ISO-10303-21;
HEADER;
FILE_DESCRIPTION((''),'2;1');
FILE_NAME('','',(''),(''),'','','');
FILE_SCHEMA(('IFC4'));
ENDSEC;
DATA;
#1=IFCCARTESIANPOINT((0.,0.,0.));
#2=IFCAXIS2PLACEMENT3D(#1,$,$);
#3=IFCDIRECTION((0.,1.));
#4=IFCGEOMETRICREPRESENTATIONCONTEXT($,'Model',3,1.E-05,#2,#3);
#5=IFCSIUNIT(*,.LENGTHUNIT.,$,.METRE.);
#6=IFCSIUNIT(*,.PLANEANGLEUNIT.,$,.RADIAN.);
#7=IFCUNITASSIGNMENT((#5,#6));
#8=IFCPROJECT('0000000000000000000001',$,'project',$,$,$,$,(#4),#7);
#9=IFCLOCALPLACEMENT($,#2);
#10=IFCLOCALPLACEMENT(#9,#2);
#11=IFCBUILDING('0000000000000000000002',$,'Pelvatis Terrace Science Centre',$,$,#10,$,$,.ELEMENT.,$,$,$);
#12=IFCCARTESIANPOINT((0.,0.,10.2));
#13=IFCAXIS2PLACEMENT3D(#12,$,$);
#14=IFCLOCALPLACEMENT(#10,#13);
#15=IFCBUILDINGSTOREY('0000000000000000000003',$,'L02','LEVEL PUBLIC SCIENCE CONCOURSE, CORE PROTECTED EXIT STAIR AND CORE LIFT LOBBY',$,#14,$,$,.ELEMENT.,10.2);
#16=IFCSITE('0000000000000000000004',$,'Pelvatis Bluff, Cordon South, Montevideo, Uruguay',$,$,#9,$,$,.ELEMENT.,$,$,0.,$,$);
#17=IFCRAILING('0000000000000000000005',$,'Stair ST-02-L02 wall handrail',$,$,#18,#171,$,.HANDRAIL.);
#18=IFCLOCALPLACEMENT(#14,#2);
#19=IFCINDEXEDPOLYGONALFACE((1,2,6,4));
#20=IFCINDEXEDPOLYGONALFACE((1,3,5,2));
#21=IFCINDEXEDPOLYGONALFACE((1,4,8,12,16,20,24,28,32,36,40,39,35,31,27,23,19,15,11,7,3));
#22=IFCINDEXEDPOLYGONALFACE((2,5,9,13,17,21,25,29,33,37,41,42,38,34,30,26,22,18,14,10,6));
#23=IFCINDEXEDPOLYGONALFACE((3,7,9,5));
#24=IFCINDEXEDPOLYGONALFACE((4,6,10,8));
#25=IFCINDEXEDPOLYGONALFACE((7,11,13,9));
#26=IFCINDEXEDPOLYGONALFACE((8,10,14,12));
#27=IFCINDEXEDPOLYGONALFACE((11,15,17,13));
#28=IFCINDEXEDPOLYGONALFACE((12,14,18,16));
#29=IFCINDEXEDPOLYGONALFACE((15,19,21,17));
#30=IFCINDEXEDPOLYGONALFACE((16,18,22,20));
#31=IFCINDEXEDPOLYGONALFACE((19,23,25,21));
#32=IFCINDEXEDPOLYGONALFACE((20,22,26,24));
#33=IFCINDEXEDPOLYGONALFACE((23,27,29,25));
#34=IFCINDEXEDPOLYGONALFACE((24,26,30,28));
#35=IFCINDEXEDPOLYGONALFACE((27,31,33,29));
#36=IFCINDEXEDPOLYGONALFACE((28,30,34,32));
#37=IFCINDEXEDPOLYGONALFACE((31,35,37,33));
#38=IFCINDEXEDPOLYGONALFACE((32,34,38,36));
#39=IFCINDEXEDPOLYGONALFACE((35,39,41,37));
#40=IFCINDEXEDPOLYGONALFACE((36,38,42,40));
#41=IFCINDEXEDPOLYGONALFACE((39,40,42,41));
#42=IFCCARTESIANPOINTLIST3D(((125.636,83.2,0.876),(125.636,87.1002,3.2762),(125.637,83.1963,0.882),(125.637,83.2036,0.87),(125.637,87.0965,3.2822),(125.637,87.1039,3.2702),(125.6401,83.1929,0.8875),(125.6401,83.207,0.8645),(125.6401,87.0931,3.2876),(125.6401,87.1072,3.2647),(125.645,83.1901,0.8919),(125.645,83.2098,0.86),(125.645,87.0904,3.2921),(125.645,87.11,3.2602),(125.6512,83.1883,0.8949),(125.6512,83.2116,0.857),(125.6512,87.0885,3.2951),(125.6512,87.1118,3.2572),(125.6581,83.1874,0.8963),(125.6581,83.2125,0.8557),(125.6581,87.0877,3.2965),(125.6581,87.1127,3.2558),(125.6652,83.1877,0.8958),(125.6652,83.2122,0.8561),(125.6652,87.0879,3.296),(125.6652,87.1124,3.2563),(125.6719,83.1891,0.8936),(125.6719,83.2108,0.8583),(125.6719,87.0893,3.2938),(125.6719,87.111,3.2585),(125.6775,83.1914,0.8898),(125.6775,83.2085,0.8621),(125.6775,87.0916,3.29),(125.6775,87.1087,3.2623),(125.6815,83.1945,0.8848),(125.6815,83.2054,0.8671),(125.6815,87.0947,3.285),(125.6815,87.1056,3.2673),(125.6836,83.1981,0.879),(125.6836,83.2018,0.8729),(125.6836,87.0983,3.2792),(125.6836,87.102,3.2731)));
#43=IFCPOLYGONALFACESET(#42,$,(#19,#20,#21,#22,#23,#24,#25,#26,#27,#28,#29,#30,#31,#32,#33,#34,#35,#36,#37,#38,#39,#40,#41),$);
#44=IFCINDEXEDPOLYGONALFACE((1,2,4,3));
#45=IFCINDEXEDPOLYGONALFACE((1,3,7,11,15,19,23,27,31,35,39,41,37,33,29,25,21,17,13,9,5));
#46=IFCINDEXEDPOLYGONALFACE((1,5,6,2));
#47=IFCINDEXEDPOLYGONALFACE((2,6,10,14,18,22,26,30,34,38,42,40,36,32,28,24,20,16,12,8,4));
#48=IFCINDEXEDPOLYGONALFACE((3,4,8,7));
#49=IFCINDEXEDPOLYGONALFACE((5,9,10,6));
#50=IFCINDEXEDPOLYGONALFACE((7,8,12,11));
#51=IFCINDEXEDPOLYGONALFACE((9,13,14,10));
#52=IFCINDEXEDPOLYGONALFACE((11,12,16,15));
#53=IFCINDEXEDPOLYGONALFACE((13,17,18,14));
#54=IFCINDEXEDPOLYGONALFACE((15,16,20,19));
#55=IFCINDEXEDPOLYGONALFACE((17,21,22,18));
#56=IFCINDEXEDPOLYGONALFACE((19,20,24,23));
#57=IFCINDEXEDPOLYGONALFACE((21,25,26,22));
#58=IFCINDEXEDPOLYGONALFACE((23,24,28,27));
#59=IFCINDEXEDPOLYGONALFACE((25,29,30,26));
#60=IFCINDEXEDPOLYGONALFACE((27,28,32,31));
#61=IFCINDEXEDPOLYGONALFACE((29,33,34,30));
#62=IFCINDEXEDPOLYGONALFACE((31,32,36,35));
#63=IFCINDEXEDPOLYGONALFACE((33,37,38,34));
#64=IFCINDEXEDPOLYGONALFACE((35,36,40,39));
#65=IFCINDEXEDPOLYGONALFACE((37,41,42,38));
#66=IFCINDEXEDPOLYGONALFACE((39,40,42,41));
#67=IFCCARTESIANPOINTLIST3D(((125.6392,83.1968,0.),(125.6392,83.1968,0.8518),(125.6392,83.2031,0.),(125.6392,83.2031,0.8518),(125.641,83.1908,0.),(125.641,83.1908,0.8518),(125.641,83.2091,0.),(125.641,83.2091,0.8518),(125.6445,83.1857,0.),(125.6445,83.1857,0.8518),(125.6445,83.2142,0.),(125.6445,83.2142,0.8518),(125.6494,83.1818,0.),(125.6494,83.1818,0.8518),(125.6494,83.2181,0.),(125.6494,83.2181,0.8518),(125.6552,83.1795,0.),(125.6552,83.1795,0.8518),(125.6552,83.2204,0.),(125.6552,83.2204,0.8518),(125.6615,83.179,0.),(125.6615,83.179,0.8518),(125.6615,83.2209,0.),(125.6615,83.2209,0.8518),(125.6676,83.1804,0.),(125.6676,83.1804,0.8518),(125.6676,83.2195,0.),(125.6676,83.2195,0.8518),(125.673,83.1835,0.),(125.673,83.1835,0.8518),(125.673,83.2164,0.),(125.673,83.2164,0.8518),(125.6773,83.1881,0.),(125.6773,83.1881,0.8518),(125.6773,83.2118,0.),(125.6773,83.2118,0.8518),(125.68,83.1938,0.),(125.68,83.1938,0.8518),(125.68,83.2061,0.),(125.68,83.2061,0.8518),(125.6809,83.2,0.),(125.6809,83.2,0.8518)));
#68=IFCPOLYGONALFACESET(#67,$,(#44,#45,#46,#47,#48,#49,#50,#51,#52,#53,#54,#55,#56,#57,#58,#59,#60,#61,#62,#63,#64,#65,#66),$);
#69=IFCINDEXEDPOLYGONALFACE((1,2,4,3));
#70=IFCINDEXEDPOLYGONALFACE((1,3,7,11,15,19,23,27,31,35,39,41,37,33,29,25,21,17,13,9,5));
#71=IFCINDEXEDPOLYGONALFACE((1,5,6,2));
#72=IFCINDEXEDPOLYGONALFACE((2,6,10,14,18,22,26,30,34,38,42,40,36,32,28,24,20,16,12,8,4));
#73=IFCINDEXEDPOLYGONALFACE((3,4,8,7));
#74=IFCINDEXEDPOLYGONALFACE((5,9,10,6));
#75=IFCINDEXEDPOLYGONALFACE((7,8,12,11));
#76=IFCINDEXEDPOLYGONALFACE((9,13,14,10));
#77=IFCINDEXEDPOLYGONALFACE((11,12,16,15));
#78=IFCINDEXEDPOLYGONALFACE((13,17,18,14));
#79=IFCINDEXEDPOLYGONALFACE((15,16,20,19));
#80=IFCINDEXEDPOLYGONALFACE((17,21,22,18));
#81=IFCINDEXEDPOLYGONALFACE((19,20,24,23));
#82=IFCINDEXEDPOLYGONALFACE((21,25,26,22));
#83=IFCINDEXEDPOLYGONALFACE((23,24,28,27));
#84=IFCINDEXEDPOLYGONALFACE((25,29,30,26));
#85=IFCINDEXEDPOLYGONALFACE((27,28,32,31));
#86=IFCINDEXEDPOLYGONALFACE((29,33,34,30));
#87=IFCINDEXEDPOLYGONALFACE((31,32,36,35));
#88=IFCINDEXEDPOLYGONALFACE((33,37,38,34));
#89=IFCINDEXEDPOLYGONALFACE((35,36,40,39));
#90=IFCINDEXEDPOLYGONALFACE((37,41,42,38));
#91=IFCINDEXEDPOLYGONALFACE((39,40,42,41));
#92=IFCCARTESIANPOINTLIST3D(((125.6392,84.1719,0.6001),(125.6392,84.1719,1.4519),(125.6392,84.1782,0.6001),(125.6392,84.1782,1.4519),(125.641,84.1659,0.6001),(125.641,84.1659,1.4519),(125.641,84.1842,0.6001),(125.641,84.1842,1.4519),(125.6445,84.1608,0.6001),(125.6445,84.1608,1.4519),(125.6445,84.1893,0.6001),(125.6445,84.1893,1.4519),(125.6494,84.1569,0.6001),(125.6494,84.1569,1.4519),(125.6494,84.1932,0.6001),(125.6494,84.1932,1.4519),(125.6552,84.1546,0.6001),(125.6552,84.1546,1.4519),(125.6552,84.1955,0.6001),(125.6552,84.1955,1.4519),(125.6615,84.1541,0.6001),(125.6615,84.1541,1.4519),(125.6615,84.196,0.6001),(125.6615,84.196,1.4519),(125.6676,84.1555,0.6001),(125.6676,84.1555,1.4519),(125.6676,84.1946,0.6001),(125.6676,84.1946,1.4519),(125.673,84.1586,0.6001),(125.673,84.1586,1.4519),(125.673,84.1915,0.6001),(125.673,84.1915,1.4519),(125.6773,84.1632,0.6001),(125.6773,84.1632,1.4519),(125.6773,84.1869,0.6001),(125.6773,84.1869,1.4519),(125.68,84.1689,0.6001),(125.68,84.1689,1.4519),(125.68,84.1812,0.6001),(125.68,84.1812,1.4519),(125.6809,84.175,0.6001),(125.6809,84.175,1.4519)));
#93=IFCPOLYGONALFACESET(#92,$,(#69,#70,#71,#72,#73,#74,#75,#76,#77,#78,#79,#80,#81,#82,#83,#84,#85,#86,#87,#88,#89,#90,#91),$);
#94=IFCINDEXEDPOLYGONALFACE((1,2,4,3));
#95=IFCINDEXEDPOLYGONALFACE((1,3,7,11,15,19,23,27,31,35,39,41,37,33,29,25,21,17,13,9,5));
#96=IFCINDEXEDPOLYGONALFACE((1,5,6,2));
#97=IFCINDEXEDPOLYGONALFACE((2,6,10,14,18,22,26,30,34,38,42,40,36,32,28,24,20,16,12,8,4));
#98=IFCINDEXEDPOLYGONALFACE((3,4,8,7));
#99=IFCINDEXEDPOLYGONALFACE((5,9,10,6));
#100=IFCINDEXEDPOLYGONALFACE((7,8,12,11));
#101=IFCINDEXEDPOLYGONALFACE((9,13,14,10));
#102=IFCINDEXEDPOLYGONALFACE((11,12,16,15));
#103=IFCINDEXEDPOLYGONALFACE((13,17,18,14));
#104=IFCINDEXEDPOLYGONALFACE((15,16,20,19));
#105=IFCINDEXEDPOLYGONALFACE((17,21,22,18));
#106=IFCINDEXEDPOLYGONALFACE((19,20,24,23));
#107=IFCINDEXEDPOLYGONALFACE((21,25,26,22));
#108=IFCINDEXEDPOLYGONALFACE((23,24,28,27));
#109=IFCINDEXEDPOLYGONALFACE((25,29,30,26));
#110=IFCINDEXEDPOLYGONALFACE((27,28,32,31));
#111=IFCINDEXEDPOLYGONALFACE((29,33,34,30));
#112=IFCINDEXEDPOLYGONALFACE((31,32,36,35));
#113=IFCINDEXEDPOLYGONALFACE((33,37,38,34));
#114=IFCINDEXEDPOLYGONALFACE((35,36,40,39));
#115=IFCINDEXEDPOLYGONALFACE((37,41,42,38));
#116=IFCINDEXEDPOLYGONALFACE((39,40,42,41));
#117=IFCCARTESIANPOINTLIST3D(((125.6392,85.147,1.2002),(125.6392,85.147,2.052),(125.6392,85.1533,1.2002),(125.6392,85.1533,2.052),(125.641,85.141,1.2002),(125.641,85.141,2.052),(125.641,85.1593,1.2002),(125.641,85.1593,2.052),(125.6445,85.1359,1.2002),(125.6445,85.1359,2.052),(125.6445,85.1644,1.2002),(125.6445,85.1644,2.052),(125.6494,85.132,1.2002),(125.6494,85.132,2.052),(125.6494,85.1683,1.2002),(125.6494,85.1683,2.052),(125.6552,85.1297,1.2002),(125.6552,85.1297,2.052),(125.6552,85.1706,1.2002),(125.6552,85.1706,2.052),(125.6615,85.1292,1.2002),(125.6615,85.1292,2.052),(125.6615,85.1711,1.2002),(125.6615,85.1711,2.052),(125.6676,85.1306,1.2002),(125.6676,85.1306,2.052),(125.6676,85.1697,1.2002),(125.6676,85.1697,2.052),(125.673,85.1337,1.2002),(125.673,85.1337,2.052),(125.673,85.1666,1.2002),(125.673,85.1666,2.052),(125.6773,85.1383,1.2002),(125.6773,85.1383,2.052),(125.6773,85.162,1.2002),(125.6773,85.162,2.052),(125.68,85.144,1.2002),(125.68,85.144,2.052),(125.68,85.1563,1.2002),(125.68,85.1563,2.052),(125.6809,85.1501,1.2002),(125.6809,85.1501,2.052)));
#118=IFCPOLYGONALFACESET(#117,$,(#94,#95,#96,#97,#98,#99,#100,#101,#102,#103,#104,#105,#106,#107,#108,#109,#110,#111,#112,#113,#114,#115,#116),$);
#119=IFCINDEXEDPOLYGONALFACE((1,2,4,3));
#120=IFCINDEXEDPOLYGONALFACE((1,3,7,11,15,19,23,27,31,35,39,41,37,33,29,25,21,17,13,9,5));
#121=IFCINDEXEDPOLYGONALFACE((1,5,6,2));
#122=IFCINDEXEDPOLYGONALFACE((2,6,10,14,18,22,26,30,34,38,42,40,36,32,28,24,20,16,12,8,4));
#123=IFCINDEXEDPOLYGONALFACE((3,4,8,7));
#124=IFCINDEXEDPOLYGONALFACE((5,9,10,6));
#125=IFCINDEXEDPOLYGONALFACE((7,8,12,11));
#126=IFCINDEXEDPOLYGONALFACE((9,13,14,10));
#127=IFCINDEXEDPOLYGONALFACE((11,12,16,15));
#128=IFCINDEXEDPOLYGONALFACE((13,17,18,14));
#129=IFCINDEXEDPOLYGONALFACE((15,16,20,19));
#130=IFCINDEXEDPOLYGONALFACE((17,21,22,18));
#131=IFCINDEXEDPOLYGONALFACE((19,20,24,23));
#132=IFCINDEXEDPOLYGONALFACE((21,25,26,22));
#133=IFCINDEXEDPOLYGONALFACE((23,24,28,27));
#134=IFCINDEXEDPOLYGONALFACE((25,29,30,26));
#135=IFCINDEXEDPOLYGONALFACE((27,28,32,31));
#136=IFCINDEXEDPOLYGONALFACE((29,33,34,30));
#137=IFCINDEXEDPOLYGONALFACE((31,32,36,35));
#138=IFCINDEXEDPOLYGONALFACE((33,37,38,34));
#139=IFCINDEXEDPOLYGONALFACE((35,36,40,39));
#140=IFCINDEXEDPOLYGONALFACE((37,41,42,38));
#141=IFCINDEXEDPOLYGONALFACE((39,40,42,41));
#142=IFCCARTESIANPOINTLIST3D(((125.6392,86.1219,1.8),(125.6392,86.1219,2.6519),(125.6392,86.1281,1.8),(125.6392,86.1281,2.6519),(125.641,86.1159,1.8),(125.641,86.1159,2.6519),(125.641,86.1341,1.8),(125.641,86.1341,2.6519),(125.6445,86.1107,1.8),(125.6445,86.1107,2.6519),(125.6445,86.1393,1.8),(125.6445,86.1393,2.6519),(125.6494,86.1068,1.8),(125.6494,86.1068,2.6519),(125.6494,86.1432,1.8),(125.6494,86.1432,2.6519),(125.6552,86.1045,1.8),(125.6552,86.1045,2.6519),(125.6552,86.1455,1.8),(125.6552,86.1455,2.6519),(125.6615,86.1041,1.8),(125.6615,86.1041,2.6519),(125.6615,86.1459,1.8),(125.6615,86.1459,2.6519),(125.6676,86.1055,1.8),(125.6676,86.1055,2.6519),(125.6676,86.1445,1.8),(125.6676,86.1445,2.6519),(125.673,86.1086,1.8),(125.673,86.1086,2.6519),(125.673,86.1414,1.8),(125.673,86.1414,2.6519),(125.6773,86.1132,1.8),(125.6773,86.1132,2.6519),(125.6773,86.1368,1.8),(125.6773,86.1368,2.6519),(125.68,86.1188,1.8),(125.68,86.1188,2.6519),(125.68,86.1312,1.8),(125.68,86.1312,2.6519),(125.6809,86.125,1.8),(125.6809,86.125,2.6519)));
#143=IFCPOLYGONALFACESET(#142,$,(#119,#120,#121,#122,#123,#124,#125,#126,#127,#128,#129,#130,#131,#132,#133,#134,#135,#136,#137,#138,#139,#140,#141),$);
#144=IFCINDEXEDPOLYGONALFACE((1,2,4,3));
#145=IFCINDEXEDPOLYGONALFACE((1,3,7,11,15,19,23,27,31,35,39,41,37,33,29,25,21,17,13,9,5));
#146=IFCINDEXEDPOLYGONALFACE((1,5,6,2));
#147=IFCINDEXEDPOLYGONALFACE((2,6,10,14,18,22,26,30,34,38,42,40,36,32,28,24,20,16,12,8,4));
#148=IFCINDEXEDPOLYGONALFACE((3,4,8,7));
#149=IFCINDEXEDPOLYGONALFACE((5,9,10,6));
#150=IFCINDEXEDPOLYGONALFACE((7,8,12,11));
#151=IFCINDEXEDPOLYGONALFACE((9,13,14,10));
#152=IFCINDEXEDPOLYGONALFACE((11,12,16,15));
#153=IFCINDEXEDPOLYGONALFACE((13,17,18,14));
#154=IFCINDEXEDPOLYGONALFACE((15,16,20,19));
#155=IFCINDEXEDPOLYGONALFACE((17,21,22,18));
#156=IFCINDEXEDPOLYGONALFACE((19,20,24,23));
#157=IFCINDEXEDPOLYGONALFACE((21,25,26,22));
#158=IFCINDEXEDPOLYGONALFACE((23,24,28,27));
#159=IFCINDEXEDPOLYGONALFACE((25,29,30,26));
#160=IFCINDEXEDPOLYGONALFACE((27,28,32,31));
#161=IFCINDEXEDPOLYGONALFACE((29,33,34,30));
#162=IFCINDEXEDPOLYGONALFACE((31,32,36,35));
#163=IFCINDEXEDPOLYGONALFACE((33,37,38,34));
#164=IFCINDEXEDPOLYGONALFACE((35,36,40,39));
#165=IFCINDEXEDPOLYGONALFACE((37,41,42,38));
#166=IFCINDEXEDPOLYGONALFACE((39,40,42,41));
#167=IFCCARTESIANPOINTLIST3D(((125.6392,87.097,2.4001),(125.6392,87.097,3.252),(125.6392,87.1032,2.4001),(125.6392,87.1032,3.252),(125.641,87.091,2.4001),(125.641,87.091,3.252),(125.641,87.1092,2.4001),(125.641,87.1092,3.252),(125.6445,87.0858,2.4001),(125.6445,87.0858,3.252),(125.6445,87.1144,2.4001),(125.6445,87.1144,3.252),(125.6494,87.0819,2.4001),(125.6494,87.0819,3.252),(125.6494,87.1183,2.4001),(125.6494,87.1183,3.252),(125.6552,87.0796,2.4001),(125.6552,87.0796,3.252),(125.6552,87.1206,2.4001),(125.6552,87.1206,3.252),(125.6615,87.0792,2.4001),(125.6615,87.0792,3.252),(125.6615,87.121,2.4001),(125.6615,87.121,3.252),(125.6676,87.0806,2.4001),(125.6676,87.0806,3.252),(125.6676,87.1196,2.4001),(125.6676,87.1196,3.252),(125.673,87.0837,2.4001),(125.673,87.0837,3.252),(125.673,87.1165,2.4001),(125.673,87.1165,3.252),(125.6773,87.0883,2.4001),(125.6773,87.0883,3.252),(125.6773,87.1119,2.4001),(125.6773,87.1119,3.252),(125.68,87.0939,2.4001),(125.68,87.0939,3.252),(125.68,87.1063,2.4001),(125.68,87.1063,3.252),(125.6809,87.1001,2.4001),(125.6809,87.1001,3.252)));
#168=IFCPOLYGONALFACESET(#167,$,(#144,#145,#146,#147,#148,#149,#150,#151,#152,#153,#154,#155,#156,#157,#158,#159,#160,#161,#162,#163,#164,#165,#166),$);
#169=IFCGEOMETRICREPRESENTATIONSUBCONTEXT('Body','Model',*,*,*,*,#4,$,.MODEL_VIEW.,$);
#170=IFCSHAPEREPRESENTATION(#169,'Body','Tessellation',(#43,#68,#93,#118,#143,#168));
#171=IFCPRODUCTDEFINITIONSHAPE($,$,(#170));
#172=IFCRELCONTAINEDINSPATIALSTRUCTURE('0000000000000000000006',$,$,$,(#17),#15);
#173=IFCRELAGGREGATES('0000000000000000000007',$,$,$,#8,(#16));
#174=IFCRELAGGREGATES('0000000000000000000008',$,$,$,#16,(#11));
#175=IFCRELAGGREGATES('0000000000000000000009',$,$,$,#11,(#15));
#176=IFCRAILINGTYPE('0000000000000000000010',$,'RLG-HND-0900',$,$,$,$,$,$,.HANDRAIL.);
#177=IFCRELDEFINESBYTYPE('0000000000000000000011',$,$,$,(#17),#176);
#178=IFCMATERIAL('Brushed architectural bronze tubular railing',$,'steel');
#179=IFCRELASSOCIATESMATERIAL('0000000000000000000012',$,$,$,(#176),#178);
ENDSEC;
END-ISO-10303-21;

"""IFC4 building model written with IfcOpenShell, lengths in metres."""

from ifc_helpers import new_model, si_unit, direction, frame, origin, origin_2d, place, context, subcontext, project, spatial, circle, extrude, material, type_object, element, save


model = new_model("IFC4")

# Units and contexts
model_context = context("Model", 3, precision=1e-05, world=origin(), true_north=direction((0.0, 1.0)))
body_context = subcontext(model_context, "Body", "Model", "MODEL_VIEW")
ifc_project = project(units=[si_unit("LENGTHUNIT", "METRE"), si_unit("PLANEANGLEUNIT", "RADIAN")], contexts=[model_context])

# Site, building, storey
site_placement = place(None, origin())
site = spatial("IfcSite", under=ifc_project, at=site_placement, Name="Pelvatis Bluff, Cordon South, Montevideo, Uruguay", CompositionType="ELEMENT", RefElevation=0.0)
building_placement = place(site_placement, origin())
building = spatial("IfcBuilding", under=site, at=building_placement, Name="Pelvatis Terrace Science Centre", CompositionType="ELEMENT")
storey_placement = place(building_placement, frame((0.0, 0.0, 10.2)))
storey = spatial("IfcBuildingStorey", under=building, at=storey_placement, Name="L02", Description="LEVEL PUBLIC SCIENCE CONCOURSE, CORE PROTECTED EXIT STAIR AND CORE LIFT LOBBY", CompositionType="ELEMENT", Elevation=10.2)

# Railing
ifc_material_1 = material(Name="Brushed architectural bronze tubular railing", Category="steel")
railing_type = type_object("IfcRailingType", Name="RLG-HND-0900", PredefinedType="HANDRAIL", material=ifc_material_1)
railing_placement = place(storey_placement, frame((125.6599, 83.2, 0.0)))
element("IfcRailing", 1, at=railing_placement, inside=storey, type_object=railing_type, Name="Stair ST-02-L02 wall handrail", PredefinedType="HANDRAIL", context=body_context, shape_type="SweptSolid", body=[
    extrude(circle(Radius=0.0239, at=origin_2d()), frame((0.0, 0.0, 0.876), z_axis=(0.0, 0.851653, 0.524106), x_axis=(-1.0, 0.0, 0.0)), (0.0, 0.0, 1.0), 4.5796),
    extrude(circle(Radius=0.021, at=origin_2d()), origin(), (0.0, 0.0, 1.0), 0.8518),
    extrude(circle(Radius=0.021, at=origin_2d()), frame((0.0, 0.9751, 0.6001)), (0.0, 0.0, 1.0), 0.8518),
    extrude(circle(Radius=0.021, at=origin_2d()), frame((0.0, 1.9502, 1.2002)), (0.0, 0.0, 1.0), 0.8518),
    extrude(circle(Radius=0.021, at=origin_2d()), frame((0.0, 2.925, 1.8)), (0.0, 0.0, 1.0), 0.8518),
    extrude(circle(Radius=0.021, at=origin_2d()), frame((0.0, 3.9001, 2.4001)), (0.0, 0.0, 1.0), 0.8518),
])

save(model, "model.ifc")
